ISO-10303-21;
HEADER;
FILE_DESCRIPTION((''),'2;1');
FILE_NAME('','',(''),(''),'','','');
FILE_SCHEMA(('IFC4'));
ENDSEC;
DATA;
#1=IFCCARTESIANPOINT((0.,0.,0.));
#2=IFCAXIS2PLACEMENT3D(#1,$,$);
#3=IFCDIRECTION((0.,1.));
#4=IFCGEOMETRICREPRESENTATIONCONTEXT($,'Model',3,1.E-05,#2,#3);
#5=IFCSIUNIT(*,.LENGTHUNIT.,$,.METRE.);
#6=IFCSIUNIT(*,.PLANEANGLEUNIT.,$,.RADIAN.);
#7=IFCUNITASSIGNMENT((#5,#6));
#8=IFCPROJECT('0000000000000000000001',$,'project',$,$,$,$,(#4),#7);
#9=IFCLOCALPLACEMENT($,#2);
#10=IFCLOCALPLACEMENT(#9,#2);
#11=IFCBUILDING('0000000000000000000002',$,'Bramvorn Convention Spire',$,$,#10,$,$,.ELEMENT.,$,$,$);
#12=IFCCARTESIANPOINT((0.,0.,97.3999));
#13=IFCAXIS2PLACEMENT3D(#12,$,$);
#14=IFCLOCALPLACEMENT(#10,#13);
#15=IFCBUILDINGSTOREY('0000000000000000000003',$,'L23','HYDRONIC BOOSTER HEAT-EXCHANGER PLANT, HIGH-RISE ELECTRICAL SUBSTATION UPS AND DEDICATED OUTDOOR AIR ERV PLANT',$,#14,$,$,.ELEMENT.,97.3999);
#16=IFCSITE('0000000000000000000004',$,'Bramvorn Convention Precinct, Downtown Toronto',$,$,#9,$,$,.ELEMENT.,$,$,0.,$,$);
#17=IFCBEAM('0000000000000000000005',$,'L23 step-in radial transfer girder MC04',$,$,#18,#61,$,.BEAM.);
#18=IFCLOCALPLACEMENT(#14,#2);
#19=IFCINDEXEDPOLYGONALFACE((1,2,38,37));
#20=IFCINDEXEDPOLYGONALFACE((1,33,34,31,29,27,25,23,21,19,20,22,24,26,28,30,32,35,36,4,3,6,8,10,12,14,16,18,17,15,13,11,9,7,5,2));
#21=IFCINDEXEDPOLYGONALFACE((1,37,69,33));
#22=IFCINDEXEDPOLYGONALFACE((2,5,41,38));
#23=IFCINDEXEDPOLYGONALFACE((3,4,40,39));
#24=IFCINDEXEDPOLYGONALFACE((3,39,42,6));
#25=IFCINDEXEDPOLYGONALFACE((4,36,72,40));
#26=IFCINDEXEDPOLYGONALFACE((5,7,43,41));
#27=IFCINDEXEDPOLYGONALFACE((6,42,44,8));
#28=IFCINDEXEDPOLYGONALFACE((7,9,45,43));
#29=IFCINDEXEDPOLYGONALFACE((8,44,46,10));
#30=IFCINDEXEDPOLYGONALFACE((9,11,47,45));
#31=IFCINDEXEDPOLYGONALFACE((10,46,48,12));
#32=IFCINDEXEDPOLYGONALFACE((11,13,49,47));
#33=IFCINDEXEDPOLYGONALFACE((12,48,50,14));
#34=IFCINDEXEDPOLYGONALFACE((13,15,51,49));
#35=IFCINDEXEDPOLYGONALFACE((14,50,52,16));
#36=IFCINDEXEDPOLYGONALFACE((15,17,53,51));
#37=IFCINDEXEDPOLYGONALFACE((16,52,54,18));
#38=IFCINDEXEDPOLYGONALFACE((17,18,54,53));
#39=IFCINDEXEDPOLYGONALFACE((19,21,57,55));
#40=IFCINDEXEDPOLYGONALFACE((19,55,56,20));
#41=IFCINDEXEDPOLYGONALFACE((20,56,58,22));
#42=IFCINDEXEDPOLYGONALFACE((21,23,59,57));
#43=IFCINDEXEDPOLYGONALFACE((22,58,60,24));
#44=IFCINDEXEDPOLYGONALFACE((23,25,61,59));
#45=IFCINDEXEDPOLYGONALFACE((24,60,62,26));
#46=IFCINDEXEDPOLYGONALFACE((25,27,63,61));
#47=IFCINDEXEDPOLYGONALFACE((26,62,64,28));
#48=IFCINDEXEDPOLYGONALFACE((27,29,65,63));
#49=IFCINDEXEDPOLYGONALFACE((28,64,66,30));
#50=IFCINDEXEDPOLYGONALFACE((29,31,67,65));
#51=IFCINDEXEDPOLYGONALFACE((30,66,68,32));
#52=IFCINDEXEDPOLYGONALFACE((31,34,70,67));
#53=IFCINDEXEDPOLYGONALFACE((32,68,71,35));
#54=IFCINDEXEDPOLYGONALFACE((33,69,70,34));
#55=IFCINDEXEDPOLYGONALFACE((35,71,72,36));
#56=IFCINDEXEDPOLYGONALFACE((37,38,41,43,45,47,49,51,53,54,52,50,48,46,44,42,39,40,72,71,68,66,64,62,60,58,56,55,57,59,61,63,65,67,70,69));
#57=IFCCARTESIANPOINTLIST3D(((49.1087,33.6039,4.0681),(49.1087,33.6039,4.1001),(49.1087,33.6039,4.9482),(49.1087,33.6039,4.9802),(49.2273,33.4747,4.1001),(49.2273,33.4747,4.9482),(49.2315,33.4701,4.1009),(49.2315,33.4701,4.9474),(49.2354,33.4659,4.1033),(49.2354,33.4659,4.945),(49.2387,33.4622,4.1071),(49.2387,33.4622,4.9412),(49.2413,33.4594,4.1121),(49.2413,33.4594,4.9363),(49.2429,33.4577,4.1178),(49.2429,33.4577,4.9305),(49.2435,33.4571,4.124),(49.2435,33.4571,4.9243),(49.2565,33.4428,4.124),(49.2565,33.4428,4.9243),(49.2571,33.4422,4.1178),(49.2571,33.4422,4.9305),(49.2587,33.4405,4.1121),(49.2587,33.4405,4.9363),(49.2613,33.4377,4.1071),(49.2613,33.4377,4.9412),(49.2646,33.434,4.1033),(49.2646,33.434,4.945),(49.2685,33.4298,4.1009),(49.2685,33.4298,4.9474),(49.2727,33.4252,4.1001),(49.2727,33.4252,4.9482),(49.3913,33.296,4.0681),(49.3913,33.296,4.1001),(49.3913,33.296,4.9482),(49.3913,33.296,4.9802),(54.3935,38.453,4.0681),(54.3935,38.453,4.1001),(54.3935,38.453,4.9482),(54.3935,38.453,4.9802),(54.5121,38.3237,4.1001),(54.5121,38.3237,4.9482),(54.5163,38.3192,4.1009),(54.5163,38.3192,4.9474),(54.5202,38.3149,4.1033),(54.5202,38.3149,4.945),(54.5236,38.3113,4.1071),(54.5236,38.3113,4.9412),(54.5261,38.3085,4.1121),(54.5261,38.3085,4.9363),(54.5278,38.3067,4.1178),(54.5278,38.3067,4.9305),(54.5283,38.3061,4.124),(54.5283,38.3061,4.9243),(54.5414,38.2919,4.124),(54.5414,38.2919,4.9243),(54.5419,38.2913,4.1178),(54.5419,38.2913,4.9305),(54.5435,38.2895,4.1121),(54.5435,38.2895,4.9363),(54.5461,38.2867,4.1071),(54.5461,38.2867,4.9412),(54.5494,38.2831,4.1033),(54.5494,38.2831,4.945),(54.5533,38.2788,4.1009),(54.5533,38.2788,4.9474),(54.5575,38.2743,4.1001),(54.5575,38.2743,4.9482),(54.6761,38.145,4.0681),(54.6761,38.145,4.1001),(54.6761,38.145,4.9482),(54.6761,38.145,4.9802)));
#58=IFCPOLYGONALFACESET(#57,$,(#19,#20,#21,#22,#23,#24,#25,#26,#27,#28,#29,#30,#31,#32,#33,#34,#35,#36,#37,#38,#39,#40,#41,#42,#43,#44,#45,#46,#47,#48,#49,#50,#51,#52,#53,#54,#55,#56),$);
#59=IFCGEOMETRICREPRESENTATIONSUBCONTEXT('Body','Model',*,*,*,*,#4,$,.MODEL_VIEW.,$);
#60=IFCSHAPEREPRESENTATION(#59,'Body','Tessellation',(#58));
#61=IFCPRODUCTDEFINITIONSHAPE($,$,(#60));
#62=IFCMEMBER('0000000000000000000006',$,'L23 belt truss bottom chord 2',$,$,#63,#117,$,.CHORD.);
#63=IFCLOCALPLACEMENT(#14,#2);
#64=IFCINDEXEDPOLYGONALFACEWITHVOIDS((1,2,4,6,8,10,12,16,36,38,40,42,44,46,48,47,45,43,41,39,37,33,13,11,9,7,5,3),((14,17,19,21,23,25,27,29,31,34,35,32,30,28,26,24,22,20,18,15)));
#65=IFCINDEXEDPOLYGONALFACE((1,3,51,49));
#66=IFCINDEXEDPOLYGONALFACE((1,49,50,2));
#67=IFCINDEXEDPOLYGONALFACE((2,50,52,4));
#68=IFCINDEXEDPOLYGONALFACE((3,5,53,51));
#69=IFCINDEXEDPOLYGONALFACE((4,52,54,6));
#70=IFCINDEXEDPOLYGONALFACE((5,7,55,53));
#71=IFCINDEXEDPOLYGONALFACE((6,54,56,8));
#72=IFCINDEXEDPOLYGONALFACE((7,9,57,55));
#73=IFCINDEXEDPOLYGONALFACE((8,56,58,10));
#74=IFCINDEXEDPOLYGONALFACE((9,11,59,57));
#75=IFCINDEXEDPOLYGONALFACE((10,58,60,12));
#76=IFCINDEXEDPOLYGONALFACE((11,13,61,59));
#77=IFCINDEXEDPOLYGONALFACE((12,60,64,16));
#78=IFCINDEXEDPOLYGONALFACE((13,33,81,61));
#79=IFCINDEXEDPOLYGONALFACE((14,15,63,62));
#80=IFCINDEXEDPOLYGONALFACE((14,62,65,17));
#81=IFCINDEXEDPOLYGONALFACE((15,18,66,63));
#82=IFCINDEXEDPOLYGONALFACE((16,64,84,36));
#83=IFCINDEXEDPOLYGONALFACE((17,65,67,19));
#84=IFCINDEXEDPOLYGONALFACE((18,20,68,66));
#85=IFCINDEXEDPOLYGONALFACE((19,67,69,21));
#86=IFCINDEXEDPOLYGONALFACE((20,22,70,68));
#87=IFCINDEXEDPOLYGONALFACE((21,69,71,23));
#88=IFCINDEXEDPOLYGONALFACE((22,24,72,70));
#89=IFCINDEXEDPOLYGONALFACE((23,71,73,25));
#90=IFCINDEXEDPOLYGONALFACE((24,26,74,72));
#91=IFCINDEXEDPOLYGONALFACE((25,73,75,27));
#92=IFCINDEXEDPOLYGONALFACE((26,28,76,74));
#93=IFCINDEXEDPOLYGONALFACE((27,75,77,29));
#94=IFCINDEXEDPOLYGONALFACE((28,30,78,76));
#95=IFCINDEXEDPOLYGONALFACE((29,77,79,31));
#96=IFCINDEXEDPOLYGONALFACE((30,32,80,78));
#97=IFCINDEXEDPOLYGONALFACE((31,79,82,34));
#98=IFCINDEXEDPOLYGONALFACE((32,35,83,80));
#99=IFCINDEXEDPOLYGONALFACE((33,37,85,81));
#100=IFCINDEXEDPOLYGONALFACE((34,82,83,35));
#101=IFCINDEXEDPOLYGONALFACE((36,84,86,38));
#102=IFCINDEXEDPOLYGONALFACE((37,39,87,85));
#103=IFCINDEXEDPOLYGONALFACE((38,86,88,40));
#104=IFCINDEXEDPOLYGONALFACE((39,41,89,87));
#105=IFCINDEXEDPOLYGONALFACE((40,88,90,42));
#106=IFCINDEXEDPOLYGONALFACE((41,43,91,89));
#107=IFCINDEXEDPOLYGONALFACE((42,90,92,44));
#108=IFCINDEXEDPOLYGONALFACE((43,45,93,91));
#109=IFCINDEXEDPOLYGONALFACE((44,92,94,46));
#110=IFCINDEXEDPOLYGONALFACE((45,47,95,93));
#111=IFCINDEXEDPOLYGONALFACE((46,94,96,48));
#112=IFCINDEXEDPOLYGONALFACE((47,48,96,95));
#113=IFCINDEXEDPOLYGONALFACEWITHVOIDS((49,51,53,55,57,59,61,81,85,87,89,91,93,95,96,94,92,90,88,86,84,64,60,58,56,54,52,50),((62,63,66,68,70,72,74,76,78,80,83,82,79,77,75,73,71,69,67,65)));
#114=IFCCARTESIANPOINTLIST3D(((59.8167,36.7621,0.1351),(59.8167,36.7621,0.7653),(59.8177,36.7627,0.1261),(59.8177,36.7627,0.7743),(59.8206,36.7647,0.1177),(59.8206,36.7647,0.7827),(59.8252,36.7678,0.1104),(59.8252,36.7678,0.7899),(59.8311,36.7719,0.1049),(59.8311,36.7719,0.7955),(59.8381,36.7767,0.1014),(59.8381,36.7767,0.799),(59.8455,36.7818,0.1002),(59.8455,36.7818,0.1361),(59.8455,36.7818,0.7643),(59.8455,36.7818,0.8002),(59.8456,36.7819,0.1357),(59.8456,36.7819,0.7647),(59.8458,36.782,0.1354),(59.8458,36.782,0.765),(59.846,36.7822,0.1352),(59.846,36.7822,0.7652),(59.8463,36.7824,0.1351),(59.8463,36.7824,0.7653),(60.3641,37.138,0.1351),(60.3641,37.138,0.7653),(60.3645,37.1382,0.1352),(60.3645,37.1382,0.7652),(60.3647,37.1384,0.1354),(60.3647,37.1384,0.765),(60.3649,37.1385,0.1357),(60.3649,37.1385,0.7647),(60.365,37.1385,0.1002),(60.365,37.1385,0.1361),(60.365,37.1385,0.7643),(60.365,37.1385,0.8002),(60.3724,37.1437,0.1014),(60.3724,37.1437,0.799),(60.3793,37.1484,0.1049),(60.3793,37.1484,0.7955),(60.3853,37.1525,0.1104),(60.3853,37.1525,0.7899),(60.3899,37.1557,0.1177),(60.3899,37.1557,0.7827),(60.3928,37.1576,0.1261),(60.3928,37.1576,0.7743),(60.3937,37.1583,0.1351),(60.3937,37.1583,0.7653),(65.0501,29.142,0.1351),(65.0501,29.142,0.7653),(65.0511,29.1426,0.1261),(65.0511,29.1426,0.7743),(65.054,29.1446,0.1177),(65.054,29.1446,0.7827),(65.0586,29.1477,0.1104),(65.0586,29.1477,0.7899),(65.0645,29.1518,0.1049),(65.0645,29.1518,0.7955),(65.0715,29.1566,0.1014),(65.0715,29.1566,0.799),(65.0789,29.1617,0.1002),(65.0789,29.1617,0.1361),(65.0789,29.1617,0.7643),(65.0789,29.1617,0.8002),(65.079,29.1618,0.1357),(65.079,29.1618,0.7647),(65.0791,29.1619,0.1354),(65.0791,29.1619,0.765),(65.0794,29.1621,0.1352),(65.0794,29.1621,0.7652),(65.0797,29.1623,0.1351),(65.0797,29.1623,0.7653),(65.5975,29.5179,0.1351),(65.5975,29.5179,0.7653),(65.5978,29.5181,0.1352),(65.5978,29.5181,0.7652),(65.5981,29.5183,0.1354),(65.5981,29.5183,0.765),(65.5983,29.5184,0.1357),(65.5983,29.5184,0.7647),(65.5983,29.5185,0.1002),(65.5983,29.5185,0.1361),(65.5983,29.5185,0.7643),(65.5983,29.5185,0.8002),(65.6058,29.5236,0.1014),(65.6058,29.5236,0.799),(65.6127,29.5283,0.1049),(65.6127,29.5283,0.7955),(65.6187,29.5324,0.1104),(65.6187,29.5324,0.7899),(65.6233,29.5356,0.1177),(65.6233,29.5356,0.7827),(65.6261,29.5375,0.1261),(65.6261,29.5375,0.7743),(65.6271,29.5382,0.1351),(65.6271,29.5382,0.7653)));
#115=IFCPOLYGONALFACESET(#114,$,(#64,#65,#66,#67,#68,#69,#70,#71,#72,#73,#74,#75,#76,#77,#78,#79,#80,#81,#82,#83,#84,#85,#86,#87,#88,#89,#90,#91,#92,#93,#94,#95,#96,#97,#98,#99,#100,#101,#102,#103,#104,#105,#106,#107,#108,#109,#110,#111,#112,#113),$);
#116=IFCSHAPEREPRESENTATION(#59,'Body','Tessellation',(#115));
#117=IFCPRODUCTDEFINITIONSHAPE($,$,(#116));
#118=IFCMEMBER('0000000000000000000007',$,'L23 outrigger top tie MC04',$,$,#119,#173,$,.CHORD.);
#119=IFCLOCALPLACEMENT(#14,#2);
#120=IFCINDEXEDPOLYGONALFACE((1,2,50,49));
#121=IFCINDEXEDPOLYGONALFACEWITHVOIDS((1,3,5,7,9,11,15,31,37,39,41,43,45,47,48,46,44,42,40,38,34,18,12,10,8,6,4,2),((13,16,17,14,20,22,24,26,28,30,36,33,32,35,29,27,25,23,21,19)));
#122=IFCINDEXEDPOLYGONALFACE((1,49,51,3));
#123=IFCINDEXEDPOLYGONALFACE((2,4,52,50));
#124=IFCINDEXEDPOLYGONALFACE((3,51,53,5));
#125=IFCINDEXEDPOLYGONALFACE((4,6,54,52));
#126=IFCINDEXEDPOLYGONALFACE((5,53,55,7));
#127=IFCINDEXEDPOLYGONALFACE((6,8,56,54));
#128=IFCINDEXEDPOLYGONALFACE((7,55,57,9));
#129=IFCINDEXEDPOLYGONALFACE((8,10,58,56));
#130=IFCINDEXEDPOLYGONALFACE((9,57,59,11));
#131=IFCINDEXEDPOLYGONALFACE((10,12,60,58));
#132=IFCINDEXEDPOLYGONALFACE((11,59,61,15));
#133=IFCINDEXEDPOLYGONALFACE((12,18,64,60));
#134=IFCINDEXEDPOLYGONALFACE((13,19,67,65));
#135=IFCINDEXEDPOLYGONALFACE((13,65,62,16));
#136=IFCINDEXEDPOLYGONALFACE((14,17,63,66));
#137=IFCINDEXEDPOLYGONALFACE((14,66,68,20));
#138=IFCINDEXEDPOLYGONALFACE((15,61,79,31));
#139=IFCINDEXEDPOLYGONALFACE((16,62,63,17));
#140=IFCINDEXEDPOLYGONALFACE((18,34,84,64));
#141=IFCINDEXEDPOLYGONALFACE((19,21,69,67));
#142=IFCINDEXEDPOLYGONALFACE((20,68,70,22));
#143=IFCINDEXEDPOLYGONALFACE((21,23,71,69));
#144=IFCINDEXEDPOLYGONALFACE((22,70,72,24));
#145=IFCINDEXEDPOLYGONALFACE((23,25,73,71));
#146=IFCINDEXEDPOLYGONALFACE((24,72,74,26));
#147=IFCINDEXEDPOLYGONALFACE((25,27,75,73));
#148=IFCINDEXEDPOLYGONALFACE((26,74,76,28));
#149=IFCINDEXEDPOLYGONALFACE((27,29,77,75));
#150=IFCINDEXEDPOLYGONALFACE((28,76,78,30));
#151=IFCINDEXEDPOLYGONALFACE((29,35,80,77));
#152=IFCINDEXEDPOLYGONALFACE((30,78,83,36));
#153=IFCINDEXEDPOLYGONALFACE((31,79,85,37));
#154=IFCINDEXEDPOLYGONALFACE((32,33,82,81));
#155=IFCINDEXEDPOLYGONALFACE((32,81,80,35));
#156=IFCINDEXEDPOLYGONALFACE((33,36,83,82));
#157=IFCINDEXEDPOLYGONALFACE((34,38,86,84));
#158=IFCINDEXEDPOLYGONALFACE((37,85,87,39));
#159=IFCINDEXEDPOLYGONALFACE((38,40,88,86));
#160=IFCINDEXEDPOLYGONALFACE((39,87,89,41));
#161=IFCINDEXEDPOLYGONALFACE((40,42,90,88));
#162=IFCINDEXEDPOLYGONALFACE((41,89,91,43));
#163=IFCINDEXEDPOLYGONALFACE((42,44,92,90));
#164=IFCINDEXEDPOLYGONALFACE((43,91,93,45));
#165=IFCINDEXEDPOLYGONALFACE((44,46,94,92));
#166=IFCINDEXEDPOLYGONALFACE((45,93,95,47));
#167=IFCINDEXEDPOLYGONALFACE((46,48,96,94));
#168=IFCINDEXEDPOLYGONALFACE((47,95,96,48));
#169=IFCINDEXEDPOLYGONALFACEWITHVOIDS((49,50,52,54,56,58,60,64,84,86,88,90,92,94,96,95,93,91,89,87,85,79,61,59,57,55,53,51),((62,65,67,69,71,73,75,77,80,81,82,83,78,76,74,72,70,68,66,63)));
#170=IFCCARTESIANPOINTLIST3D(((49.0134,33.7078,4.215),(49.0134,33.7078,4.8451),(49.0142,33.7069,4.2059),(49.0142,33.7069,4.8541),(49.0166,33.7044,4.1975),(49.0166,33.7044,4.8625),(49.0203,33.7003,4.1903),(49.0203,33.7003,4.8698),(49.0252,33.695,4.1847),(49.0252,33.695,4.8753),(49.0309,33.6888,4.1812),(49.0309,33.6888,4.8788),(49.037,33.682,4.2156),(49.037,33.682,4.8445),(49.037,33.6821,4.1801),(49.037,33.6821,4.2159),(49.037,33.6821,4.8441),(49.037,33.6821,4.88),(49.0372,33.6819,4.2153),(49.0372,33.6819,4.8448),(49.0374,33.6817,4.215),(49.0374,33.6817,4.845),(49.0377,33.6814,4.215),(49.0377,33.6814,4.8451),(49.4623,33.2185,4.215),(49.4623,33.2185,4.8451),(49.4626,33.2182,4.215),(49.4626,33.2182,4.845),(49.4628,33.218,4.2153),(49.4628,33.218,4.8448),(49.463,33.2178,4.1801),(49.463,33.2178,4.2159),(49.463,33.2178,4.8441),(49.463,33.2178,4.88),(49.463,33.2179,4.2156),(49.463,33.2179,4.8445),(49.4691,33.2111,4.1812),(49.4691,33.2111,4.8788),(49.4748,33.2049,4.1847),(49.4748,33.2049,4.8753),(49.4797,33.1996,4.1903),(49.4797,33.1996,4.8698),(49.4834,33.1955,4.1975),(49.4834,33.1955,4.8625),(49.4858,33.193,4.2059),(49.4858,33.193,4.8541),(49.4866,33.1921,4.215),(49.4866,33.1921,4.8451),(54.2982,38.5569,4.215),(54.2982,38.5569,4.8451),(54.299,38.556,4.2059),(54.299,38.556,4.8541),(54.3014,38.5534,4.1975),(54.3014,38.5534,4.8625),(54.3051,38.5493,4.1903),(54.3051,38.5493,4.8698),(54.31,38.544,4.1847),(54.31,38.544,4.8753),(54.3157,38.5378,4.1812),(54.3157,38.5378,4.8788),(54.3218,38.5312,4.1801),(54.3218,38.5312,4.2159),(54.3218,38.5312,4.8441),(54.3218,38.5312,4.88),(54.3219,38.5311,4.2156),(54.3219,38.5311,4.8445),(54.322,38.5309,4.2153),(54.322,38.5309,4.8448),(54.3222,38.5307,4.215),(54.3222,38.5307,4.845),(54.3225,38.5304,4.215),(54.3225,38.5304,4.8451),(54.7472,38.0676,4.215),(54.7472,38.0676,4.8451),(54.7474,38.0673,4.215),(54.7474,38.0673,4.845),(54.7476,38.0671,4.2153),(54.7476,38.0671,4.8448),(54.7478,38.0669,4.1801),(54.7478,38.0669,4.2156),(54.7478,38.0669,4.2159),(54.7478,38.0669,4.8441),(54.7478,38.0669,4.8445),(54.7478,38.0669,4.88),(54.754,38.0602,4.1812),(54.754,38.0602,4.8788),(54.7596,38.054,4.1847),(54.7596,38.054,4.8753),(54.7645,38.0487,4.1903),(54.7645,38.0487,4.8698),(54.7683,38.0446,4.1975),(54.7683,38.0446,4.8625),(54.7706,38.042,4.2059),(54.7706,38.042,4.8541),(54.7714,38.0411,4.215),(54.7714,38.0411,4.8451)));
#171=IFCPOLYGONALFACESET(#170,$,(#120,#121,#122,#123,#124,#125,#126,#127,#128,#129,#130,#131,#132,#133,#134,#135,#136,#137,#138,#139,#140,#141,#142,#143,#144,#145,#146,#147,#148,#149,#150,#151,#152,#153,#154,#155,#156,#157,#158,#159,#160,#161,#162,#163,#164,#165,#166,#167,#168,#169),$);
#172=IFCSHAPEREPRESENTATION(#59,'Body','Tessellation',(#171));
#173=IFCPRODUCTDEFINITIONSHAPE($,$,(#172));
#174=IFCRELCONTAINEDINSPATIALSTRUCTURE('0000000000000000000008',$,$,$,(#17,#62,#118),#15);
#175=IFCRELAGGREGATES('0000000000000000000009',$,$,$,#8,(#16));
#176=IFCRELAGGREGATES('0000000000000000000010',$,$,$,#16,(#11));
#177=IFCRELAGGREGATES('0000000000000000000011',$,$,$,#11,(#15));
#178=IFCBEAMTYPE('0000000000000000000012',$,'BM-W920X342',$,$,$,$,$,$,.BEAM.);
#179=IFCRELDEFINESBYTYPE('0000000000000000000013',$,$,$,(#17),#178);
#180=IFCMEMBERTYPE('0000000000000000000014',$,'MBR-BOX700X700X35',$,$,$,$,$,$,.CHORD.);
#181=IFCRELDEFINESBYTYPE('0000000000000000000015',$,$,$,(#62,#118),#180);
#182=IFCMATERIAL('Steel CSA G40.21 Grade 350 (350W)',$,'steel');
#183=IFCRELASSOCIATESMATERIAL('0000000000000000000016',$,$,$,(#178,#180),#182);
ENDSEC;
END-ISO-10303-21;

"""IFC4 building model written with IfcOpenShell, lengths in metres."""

from ifc_helpers import new_model, si_unit, direction, frame, origin, origin_2d, place, context, subcontext, project, spatial, hollow_rectangle, i_section, extrude, material, material_profile, profile_set, type_object, element, save


model = new_model("IFC4")

# Units and contexts
model_context = context("Model", 3, precision=1e-05, world=origin(), true_north=direction((0.0, 1.0)))
body_context = subcontext(model_context, "Body", "Model", "MODEL_VIEW")
ifc_project = project(units=[si_unit("LENGTHUNIT", "METRE"), si_unit("PLANEANGLEUNIT", "RADIAN")], contexts=[model_context])

# Site, building, storey
site_placement = place(None, origin())
site = spatial("IfcSite", under=ifc_project, at=site_placement, Name="Bramvorn Convention Precinct, Downtown Toronto", CompositionType="ELEMENT", RefElevation=0.0)
building_placement = place(site_placement, origin())
building = spatial("IfcBuilding", under=site, at=building_placement, Name="Bramvorn Convention Spire", CompositionType="ELEMENT")
storey_placement = place(building_placement, frame((0.0, 0.0, 97.3999)))
storey = spatial("IfcBuildingStorey", under=building, at=storey_placement, Name="L23", Description="HYDRONIC BOOSTER HEAT-EXCHANGER PLANT, HIGH-RISE ELECTRICAL SUBSTATION UPS AND DEDICATED OUTDOOR AIR ERV PLANT", CompositionType="ELEMENT", Elevation=97.3999)

# Shared definitions
ifc_material_1 = material(Name="Steel CSA G40.21 Grade 350 (350W)", Category="steel")

# Beam
ifc_material_profile_1 = material_profile(ifc_material_1, i_section(OverallWidth=0.418, OverallDepth=0.9121, WebThickness=0.0193, FlangeThickness=0.032, FilletRadius=0.0239, at=origin_2d()))
ifc_profile_set_1 = profile_set([ifc_material_profile_1], Name="Steel CSA G40.21 Grade 350 (350W) - W920X342")
beam_type = type_object("IfcBeamType", Name="BM-W920X342", PredefinedType="BEAM", material=ifc_profile_set_1)
beam_1_placement = place(storey_placement, frame((49.25, 33.45, 4.5242), z_axis=(0.736833, 0.676074, 0.0), x_axis=(-0.676074, 0.736833, 0.0)))
element("IfcBeam", 1, at=beam_1_placement, inside=storey, type_object=beam_type, Name="L23 step-in radial transfer girder MC04", PredefinedType="BEAM", context=body_context, shape_type="SweptSolid", body=[
    extrude(i_section(OverallWidth=0.418, OverallDepth=0.9121, WebThickness=0.0193, FlangeThickness=0.032, FilletRadius=0.0239, at=origin_2d()), origin(), (0.0, 0.0, 1.0), 7.1724),
])

# Members
ifc_material_profile_2 = material_profile(ifc_material_1, hollow_rectangle(XDim=0.7, YDim=0.7, WallThickness=0.0349, InnerFilletRadius=0.001, OuterFilletRadius=0.0349, at=origin_2d()))
ifc_profile_set_2 = profile_set([ifc_material_profile_2], Name="Steel CSA G40.21 Grade 350 (350W) - BOX700X700X35")
member_type_1 = type_object("IfcMemberType", Name="MBR-BOX700X700X35", PredefinedType="CHORD", material=ifc_profile_set_2)
member_1_placement = place(storey_placement, frame((65.3386, 29.3401, 0.4502), z_axis=(-0.56613, 0.824316, 0.0), x_axis=(-0.824316, -0.56613, 0.0)))
element("IfcMember", 2, at=member_1_placement, inside=storey, type_object=member_type_1, Name="L23 belt truss bottom chord 2", PredefinedType="CHORD", context=body_context, shape_type="SweptSolid", body=[
    extrude(hollow_rectangle(XDim=0.7, YDim=0.7, WallThickness=0.0349, InnerFilletRadius=0.001, OuterFilletRadius=0.0349, at=origin_2d()), origin(), (0.0, 0.0, 1.0), 9.2441),
])
member_2_placement = place(storey_placement, frame((49.25, 33.45, 4.53), z_axis=(0.736833, 0.676074, 0.0), x_axis=(-0.676074, 0.736833, 0.0)))
element("IfcMember", 3, at=member_2_placement, inside=storey, type_object=member_type_1, Name="L23 outrigger top tie MC04", PredefinedType="CHORD", context=body_context, shape_type="SweptSolid", body=[
    extrude(hollow_rectangle(XDim=0.7, YDim=0.7, WallThickness=0.0349, InnerFilletRadius=0.001, OuterFilletRadius=0.0349, at=origin_2d()), origin(), (0.0, 0.0, 1.0), 7.1724),
])

save(model, "model.ifc")
